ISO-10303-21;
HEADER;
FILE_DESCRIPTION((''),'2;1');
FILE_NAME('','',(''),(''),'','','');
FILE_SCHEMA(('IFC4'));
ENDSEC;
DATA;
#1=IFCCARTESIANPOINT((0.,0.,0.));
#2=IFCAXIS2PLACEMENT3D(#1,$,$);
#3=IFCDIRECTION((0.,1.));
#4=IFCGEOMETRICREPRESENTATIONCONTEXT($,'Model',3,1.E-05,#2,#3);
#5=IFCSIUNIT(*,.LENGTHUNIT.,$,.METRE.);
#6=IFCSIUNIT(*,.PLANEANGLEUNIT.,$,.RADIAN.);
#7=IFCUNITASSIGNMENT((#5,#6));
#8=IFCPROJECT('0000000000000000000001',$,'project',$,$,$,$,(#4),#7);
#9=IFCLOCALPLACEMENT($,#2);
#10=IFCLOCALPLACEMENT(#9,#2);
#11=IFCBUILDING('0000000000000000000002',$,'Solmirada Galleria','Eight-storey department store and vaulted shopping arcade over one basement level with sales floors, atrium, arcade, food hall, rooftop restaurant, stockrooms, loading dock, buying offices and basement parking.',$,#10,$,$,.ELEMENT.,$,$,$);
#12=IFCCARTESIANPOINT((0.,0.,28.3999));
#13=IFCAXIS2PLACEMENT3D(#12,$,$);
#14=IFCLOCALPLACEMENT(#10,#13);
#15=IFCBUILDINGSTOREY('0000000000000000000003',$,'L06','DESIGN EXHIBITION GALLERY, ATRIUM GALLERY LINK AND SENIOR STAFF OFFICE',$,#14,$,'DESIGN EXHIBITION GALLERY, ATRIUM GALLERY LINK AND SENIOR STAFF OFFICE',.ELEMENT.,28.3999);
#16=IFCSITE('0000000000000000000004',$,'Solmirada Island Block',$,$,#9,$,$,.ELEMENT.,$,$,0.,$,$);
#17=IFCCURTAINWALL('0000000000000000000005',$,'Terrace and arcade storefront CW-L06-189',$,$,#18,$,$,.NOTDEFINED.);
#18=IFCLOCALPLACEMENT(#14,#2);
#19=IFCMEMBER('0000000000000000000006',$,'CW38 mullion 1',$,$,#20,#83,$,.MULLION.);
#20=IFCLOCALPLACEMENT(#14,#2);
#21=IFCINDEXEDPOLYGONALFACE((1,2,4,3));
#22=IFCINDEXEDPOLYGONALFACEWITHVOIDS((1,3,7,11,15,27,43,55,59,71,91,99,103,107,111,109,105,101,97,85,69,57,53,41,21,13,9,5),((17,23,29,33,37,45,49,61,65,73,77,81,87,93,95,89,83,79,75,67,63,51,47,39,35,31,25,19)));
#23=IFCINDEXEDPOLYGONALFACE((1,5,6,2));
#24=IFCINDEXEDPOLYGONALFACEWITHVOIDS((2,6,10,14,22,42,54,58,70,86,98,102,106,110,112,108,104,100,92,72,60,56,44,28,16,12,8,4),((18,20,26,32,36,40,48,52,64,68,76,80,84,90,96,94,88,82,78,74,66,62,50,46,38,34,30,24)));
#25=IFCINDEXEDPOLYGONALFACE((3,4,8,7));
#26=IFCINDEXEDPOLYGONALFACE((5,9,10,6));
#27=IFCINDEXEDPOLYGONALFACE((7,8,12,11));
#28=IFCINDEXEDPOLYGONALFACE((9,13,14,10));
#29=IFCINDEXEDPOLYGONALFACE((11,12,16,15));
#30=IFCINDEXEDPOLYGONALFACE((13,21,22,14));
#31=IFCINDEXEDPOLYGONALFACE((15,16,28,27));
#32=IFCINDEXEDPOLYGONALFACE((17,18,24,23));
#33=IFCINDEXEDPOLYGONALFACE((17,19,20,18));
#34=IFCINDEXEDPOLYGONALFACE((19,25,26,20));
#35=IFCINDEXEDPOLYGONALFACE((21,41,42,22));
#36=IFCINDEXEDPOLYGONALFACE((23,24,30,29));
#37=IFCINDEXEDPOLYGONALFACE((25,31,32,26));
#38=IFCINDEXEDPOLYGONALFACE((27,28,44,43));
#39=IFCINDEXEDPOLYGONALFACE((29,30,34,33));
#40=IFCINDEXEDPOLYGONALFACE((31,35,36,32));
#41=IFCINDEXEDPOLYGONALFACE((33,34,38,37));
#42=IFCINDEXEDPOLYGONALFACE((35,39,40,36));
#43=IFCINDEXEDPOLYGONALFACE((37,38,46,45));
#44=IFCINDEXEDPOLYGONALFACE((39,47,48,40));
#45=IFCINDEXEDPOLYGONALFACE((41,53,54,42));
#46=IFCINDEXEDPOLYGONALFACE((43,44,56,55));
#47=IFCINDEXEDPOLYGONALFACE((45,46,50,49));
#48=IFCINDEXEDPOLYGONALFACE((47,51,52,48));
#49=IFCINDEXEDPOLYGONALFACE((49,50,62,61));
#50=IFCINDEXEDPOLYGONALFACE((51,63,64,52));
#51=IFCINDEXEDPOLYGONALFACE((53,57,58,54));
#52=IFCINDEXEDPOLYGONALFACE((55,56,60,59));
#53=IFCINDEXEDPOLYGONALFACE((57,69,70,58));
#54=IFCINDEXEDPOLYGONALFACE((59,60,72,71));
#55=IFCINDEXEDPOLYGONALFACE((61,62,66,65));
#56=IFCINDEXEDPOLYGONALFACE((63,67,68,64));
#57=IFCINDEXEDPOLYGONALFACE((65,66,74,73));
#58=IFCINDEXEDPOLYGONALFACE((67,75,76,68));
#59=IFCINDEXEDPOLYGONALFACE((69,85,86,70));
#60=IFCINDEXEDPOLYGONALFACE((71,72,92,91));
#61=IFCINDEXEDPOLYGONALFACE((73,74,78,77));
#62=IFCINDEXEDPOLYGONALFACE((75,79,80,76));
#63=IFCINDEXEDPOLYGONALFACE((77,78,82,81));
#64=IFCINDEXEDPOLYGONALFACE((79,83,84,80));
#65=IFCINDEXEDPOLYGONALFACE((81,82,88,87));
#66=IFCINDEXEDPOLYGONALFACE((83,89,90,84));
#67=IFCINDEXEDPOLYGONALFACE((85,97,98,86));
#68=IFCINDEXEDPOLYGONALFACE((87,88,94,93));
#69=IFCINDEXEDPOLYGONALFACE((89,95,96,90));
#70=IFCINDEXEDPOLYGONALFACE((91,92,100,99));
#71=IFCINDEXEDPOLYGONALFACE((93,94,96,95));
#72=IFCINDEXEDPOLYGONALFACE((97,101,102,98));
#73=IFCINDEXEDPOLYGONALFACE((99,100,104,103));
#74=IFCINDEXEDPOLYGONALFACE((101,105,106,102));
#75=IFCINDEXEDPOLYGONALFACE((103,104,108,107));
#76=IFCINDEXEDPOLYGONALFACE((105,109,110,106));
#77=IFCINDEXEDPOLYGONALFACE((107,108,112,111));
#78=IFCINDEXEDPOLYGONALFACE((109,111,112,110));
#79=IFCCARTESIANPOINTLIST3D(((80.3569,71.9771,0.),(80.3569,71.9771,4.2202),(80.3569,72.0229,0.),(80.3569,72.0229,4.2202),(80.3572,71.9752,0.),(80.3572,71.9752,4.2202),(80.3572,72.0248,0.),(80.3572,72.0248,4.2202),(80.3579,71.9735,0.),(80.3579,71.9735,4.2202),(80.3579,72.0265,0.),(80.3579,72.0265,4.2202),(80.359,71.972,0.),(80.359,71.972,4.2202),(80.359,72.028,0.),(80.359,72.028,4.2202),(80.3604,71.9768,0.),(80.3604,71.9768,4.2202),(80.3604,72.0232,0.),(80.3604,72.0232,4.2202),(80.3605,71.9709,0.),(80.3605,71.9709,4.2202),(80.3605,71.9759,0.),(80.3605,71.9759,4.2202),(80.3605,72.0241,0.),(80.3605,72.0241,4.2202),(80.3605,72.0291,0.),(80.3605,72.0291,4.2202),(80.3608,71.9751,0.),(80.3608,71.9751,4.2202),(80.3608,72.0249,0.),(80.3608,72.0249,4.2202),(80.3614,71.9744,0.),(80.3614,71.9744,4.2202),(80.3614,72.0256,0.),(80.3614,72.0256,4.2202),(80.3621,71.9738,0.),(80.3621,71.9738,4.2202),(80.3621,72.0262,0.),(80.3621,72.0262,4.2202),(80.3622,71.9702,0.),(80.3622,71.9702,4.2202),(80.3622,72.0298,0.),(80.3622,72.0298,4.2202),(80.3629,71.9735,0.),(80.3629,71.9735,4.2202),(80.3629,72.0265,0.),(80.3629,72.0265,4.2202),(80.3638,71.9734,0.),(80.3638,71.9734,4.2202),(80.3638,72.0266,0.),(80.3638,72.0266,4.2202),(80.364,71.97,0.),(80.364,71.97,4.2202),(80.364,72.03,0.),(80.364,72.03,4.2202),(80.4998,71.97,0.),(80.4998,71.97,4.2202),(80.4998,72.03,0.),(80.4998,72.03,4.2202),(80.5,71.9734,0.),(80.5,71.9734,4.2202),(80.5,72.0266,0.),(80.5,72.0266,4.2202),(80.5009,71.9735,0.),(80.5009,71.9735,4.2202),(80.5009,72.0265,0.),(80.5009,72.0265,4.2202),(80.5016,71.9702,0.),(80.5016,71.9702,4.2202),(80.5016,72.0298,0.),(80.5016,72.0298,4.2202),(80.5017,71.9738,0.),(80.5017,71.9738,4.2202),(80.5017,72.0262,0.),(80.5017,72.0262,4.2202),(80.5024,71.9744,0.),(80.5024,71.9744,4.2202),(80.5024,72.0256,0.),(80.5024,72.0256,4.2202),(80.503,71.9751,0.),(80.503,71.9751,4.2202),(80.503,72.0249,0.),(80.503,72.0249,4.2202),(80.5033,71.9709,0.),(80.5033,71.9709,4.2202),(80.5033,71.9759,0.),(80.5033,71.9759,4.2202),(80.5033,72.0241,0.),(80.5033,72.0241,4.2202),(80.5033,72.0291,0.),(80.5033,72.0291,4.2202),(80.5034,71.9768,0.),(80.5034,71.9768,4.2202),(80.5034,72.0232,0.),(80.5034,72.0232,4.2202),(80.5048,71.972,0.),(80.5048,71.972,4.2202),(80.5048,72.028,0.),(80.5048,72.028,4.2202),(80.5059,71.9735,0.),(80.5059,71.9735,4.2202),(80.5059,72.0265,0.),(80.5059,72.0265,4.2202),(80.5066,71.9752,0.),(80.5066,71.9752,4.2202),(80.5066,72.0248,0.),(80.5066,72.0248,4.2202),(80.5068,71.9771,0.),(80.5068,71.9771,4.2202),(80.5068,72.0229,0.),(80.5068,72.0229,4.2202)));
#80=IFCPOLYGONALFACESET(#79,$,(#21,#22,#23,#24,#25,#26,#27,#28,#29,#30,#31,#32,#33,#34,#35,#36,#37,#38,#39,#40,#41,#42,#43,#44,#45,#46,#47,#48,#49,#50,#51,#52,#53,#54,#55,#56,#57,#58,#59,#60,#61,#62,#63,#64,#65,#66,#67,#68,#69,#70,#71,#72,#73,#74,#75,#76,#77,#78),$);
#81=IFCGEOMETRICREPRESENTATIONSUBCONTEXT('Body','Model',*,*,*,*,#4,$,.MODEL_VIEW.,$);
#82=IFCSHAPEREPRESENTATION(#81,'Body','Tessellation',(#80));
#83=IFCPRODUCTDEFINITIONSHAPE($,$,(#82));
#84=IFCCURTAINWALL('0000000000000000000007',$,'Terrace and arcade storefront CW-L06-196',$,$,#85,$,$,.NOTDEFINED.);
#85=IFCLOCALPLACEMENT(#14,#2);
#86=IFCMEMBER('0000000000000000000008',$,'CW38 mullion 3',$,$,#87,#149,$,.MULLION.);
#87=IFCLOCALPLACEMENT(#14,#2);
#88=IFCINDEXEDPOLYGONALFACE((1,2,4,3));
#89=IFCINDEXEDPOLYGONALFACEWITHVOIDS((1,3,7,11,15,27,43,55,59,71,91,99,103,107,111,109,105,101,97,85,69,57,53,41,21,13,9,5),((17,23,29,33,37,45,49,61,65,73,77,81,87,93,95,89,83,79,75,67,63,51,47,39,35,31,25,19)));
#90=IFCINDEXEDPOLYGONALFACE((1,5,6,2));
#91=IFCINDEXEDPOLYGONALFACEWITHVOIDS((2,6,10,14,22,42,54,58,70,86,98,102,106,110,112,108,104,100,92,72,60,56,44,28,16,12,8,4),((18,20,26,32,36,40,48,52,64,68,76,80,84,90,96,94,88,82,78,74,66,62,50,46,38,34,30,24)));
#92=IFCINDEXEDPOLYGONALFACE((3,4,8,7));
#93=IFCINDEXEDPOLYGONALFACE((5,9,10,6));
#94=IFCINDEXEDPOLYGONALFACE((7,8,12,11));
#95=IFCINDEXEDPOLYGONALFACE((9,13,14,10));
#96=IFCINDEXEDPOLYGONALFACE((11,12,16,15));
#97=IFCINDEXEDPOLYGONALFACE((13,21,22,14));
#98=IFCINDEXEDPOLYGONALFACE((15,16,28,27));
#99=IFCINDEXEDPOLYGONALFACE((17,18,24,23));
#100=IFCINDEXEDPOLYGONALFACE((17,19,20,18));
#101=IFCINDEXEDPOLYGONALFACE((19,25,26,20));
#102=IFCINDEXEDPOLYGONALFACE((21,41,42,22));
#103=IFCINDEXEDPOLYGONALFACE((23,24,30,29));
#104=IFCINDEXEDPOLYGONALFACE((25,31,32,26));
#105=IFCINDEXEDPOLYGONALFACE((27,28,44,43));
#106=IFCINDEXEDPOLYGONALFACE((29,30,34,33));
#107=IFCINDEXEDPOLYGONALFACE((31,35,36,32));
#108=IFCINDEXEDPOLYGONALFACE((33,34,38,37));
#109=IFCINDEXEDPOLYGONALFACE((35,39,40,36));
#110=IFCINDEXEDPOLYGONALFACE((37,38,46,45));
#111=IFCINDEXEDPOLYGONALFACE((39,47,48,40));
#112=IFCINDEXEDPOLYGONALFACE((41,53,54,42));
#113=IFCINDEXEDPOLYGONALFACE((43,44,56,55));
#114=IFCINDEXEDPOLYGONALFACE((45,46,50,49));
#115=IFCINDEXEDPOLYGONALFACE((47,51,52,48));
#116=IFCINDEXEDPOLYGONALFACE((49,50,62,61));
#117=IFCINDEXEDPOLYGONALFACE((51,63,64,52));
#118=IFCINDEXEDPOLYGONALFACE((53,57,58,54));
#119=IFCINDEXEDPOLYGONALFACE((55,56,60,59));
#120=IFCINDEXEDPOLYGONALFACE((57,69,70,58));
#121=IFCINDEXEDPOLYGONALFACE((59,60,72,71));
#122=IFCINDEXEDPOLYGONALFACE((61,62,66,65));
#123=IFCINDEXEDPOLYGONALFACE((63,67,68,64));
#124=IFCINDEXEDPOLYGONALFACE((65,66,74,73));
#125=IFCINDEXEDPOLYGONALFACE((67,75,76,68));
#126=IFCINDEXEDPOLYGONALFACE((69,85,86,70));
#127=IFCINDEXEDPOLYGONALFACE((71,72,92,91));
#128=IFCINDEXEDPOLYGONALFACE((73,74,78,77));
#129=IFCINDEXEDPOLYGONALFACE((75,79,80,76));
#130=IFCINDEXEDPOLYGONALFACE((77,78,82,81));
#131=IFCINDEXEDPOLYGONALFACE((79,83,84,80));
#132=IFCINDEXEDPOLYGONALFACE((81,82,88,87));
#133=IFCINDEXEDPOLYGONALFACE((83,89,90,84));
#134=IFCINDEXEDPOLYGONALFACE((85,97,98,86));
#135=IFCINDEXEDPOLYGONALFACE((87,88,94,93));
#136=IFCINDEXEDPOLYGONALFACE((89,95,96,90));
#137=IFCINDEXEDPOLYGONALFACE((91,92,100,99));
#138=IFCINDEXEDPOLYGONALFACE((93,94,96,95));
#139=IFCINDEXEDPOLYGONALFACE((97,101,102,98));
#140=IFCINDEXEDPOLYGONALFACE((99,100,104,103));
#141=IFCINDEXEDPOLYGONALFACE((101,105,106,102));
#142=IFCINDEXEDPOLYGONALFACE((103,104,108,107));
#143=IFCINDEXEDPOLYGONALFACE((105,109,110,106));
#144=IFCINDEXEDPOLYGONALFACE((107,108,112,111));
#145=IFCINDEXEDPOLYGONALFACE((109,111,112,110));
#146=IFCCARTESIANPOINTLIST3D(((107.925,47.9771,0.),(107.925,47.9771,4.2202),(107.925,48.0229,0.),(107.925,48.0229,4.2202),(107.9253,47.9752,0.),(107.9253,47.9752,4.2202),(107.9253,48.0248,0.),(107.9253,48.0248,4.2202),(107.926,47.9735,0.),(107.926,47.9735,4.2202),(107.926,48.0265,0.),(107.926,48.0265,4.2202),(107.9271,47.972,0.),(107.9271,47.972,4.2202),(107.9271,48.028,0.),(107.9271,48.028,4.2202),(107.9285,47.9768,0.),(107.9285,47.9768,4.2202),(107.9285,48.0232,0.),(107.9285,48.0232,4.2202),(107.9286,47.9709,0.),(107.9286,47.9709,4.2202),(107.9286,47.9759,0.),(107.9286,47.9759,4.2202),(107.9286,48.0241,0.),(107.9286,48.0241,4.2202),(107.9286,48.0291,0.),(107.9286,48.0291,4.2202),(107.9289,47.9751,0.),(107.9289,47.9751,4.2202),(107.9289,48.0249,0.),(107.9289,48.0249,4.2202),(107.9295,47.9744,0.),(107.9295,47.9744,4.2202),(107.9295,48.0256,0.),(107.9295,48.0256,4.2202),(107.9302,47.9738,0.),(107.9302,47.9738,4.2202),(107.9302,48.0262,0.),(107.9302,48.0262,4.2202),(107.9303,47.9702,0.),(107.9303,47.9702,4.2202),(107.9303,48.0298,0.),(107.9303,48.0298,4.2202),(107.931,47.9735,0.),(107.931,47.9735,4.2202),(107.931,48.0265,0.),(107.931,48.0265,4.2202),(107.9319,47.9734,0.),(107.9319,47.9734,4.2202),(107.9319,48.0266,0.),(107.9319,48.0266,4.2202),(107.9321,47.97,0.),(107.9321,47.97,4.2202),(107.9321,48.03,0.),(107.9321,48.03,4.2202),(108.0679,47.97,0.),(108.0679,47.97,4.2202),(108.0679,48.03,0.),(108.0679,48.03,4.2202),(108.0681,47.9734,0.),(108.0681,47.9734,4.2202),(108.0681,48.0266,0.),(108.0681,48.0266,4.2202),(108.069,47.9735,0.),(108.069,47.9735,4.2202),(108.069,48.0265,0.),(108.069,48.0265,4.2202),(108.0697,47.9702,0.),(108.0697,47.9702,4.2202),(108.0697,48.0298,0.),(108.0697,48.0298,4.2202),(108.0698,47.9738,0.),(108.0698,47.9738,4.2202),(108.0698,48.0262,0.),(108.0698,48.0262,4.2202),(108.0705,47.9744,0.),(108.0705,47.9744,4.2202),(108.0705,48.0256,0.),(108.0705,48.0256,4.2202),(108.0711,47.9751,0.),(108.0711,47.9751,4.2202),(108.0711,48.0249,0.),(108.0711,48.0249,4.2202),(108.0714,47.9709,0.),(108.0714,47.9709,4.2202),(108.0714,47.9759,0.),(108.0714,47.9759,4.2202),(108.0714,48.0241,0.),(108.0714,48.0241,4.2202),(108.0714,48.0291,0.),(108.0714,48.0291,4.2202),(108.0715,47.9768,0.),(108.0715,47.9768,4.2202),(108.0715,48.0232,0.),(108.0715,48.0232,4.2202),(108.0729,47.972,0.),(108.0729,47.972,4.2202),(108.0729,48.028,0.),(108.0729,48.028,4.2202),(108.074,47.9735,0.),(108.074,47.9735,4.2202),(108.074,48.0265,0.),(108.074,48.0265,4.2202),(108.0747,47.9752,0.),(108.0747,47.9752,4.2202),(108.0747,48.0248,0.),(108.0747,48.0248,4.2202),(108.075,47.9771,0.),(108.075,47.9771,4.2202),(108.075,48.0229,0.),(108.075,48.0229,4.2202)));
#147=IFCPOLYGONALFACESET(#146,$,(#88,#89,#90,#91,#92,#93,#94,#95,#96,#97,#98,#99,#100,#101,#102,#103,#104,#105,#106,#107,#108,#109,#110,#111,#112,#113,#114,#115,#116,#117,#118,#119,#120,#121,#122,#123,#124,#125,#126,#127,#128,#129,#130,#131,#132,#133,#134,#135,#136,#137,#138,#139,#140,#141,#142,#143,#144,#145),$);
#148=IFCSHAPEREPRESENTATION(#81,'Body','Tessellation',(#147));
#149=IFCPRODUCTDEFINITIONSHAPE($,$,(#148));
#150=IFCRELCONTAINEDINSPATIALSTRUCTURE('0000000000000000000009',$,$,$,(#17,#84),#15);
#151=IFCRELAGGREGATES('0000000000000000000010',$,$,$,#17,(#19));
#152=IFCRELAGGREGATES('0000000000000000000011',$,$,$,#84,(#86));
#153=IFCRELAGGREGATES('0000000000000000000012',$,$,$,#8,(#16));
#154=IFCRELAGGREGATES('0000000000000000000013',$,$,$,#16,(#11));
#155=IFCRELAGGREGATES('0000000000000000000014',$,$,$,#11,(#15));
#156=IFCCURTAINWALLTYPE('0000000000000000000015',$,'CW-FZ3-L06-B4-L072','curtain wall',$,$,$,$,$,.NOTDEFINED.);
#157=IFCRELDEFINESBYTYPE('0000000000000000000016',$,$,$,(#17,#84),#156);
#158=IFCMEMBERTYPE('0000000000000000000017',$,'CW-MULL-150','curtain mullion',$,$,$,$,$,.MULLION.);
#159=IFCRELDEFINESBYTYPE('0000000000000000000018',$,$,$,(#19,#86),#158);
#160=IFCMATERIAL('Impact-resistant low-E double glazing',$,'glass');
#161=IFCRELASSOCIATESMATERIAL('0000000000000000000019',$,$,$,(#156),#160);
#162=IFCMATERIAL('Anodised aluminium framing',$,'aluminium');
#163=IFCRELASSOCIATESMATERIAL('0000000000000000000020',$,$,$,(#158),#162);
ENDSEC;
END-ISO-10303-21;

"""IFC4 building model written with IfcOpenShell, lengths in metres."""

from ifc_helpers import new_model, si_unit, direction, frame, origin, origin_2d, place, context, subcontext, project, spatial, hollow_rectangle, extrude, material, material_profile, profile_set, type_object, element, aggregate, save


model = new_model("IFC4")

# Units and contexts
model_context = context("Model", 3, precision=1e-05, world=origin(), true_north=direction((0.0, 1.0)))
body_context = subcontext(model_context, "Body", "Model", "MODEL_VIEW")
ifc_project = project(units=[si_unit("LENGTHUNIT", "METRE"), si_unit("PLANEANGLEUNIT", "RADIAN")], contexts=[model_context])

# Site, building, storey
site_placement = place(None, origin())
site = spatial("IfcSite", under=ifc_project, at=site_placement, Name="Solmirada Island Block", CompositionType="ELEMENT", RefElevation=0.0)
building_placement = place(site_placement, origin())
building = spatial("IfcBuilding", under=site, at=building_placement, Name="Solmirada Galleria", Description="Eight-storey department store and vaulted shopping arcade over one basement level with sales floors, atrium, arcade, food hall, rooftop restaurant, stockrooms, loading dock, buying offices and basement parking.", CompositionType="ELEMENT")
storey_placement = place(building_placement, frame((0.0, 0.0, 28.3999)))
storey = spatial("IfcBuildingStorey", under=building, at=storey_placement, Name="L06", Description="DESIGN EXHIBITION GALLERY, ATRIUM GALLERY LINK AND SENIOR STAFF OFFICE", LongName="DESIGN EXHIBITION GALLERY, ATRIUM GALLERY LINK AND SENIOR STAFF OFFICE", CompositionType="ELEMENT", Elevation=28.3999)

# Shared definitions
ifc_material_1 = material(Name="Impact-resistant low-E double glazing", Category="glass")
curtain_wall_type = type_object("IfcCurtainWallType", Name="CW-FZ3-L06-B4-L072", Description="curtain wall", PredefinedType="NOTDEFINED", material=ifc_material_1)
ifc_material_2 = material(Name="Anodised aluminium framing", Category="aluminium")
ifc_material_profile_1 = material_profile(ifc_material_2, hollow_rectangle(XDim=0.0601, YDim=0.1499, WallThickness=0.0034, InnerFilletRadius=0.0034, OuterFilletRadius=0.0071, at=origin_2d()), Name="ALU-MULL-150X60")
ifc_profile_set_1 = profile_set([ifc_material_profile_1], Name="Anodised aluminium framing")
member_type_1 = type_object("IfcMemberType", Name="CW-MULL-150", Description="curtain mullion", PredefinedType="MULLION", material=ifc_profile_set_1)

# Curtain wall, member
curtain_wall_1_placement = place(storey_placement, origin())
curtain_wall_1 = element("IfcCurtainWall", 1, at=curtain_wall_1_placement, inside=storey, type_object=curtain_wall_type, Name="Terrace and arcade storefront CW-L06-189", PredefinedType="NOTDEFINED")
member_1_placement = place(storey_placement, frame((80.4319, 72.0, 0.0), z_axis=(0.0, 0.0, 1.0), x_axis=(0.0, 1.0, 0.0)))
member_1 = element("IfcMember", 2, at=member_1_placement, type_object=member_type_1, Name="CW38 mullion 1", PredefinedType="MULLION", context=body_context, shape_type="SweptSolid", body=[
    extrude(hollow_rectangle(XDim=0.0601, YDim=0.1499, WallThickness=0.0034, InnerFilletRadius=0.0034, OuterFilletRadius=0.0071, at=origin_2d()), origin(), (0.0, 0.0, 1.0), 4.2202),
])

# Curtain wall, member
curtain_wall_2_placement = place(storey_placement, origin())
curtain_wall_2 = element("IfcCurtainWall", 3, at=curtain_wall_2_placement, inside=storey, type_object=curtain_wall_type, Name="Terrace and arcade storefront CW-L06-196", PredefinedType="NOTDEFINED")
member_2_placement = place(storey_placement, frame((108.0, 48.0, 0.0), z_axis=(0.0, 0.0, 1.0), x_axis=(0.0, -1.0, 0.0)))
member_2 = element("IfcMember", 4, at=member_2_placement, type_object=member_type_1, Name="CW38 mullion 3", PredefinedType="MULLION", context=body_context, shape_type="SweptSolid", body=[
    extrude(hollow_rectangle(XDim=0.0601, YDim=0.1499, WallThickness=0.0034, InnerFilletRadius=0.0034, OuterFilletRadius=0.0071, at=origin_2d()), origin(), (0.0, 0.0, 1.0), 4.2202),
])

aggregate(curtain_wall_1, [member_1])

aggregate(curtain_wall_2, [member_2])

save(model, "model.ifc")
